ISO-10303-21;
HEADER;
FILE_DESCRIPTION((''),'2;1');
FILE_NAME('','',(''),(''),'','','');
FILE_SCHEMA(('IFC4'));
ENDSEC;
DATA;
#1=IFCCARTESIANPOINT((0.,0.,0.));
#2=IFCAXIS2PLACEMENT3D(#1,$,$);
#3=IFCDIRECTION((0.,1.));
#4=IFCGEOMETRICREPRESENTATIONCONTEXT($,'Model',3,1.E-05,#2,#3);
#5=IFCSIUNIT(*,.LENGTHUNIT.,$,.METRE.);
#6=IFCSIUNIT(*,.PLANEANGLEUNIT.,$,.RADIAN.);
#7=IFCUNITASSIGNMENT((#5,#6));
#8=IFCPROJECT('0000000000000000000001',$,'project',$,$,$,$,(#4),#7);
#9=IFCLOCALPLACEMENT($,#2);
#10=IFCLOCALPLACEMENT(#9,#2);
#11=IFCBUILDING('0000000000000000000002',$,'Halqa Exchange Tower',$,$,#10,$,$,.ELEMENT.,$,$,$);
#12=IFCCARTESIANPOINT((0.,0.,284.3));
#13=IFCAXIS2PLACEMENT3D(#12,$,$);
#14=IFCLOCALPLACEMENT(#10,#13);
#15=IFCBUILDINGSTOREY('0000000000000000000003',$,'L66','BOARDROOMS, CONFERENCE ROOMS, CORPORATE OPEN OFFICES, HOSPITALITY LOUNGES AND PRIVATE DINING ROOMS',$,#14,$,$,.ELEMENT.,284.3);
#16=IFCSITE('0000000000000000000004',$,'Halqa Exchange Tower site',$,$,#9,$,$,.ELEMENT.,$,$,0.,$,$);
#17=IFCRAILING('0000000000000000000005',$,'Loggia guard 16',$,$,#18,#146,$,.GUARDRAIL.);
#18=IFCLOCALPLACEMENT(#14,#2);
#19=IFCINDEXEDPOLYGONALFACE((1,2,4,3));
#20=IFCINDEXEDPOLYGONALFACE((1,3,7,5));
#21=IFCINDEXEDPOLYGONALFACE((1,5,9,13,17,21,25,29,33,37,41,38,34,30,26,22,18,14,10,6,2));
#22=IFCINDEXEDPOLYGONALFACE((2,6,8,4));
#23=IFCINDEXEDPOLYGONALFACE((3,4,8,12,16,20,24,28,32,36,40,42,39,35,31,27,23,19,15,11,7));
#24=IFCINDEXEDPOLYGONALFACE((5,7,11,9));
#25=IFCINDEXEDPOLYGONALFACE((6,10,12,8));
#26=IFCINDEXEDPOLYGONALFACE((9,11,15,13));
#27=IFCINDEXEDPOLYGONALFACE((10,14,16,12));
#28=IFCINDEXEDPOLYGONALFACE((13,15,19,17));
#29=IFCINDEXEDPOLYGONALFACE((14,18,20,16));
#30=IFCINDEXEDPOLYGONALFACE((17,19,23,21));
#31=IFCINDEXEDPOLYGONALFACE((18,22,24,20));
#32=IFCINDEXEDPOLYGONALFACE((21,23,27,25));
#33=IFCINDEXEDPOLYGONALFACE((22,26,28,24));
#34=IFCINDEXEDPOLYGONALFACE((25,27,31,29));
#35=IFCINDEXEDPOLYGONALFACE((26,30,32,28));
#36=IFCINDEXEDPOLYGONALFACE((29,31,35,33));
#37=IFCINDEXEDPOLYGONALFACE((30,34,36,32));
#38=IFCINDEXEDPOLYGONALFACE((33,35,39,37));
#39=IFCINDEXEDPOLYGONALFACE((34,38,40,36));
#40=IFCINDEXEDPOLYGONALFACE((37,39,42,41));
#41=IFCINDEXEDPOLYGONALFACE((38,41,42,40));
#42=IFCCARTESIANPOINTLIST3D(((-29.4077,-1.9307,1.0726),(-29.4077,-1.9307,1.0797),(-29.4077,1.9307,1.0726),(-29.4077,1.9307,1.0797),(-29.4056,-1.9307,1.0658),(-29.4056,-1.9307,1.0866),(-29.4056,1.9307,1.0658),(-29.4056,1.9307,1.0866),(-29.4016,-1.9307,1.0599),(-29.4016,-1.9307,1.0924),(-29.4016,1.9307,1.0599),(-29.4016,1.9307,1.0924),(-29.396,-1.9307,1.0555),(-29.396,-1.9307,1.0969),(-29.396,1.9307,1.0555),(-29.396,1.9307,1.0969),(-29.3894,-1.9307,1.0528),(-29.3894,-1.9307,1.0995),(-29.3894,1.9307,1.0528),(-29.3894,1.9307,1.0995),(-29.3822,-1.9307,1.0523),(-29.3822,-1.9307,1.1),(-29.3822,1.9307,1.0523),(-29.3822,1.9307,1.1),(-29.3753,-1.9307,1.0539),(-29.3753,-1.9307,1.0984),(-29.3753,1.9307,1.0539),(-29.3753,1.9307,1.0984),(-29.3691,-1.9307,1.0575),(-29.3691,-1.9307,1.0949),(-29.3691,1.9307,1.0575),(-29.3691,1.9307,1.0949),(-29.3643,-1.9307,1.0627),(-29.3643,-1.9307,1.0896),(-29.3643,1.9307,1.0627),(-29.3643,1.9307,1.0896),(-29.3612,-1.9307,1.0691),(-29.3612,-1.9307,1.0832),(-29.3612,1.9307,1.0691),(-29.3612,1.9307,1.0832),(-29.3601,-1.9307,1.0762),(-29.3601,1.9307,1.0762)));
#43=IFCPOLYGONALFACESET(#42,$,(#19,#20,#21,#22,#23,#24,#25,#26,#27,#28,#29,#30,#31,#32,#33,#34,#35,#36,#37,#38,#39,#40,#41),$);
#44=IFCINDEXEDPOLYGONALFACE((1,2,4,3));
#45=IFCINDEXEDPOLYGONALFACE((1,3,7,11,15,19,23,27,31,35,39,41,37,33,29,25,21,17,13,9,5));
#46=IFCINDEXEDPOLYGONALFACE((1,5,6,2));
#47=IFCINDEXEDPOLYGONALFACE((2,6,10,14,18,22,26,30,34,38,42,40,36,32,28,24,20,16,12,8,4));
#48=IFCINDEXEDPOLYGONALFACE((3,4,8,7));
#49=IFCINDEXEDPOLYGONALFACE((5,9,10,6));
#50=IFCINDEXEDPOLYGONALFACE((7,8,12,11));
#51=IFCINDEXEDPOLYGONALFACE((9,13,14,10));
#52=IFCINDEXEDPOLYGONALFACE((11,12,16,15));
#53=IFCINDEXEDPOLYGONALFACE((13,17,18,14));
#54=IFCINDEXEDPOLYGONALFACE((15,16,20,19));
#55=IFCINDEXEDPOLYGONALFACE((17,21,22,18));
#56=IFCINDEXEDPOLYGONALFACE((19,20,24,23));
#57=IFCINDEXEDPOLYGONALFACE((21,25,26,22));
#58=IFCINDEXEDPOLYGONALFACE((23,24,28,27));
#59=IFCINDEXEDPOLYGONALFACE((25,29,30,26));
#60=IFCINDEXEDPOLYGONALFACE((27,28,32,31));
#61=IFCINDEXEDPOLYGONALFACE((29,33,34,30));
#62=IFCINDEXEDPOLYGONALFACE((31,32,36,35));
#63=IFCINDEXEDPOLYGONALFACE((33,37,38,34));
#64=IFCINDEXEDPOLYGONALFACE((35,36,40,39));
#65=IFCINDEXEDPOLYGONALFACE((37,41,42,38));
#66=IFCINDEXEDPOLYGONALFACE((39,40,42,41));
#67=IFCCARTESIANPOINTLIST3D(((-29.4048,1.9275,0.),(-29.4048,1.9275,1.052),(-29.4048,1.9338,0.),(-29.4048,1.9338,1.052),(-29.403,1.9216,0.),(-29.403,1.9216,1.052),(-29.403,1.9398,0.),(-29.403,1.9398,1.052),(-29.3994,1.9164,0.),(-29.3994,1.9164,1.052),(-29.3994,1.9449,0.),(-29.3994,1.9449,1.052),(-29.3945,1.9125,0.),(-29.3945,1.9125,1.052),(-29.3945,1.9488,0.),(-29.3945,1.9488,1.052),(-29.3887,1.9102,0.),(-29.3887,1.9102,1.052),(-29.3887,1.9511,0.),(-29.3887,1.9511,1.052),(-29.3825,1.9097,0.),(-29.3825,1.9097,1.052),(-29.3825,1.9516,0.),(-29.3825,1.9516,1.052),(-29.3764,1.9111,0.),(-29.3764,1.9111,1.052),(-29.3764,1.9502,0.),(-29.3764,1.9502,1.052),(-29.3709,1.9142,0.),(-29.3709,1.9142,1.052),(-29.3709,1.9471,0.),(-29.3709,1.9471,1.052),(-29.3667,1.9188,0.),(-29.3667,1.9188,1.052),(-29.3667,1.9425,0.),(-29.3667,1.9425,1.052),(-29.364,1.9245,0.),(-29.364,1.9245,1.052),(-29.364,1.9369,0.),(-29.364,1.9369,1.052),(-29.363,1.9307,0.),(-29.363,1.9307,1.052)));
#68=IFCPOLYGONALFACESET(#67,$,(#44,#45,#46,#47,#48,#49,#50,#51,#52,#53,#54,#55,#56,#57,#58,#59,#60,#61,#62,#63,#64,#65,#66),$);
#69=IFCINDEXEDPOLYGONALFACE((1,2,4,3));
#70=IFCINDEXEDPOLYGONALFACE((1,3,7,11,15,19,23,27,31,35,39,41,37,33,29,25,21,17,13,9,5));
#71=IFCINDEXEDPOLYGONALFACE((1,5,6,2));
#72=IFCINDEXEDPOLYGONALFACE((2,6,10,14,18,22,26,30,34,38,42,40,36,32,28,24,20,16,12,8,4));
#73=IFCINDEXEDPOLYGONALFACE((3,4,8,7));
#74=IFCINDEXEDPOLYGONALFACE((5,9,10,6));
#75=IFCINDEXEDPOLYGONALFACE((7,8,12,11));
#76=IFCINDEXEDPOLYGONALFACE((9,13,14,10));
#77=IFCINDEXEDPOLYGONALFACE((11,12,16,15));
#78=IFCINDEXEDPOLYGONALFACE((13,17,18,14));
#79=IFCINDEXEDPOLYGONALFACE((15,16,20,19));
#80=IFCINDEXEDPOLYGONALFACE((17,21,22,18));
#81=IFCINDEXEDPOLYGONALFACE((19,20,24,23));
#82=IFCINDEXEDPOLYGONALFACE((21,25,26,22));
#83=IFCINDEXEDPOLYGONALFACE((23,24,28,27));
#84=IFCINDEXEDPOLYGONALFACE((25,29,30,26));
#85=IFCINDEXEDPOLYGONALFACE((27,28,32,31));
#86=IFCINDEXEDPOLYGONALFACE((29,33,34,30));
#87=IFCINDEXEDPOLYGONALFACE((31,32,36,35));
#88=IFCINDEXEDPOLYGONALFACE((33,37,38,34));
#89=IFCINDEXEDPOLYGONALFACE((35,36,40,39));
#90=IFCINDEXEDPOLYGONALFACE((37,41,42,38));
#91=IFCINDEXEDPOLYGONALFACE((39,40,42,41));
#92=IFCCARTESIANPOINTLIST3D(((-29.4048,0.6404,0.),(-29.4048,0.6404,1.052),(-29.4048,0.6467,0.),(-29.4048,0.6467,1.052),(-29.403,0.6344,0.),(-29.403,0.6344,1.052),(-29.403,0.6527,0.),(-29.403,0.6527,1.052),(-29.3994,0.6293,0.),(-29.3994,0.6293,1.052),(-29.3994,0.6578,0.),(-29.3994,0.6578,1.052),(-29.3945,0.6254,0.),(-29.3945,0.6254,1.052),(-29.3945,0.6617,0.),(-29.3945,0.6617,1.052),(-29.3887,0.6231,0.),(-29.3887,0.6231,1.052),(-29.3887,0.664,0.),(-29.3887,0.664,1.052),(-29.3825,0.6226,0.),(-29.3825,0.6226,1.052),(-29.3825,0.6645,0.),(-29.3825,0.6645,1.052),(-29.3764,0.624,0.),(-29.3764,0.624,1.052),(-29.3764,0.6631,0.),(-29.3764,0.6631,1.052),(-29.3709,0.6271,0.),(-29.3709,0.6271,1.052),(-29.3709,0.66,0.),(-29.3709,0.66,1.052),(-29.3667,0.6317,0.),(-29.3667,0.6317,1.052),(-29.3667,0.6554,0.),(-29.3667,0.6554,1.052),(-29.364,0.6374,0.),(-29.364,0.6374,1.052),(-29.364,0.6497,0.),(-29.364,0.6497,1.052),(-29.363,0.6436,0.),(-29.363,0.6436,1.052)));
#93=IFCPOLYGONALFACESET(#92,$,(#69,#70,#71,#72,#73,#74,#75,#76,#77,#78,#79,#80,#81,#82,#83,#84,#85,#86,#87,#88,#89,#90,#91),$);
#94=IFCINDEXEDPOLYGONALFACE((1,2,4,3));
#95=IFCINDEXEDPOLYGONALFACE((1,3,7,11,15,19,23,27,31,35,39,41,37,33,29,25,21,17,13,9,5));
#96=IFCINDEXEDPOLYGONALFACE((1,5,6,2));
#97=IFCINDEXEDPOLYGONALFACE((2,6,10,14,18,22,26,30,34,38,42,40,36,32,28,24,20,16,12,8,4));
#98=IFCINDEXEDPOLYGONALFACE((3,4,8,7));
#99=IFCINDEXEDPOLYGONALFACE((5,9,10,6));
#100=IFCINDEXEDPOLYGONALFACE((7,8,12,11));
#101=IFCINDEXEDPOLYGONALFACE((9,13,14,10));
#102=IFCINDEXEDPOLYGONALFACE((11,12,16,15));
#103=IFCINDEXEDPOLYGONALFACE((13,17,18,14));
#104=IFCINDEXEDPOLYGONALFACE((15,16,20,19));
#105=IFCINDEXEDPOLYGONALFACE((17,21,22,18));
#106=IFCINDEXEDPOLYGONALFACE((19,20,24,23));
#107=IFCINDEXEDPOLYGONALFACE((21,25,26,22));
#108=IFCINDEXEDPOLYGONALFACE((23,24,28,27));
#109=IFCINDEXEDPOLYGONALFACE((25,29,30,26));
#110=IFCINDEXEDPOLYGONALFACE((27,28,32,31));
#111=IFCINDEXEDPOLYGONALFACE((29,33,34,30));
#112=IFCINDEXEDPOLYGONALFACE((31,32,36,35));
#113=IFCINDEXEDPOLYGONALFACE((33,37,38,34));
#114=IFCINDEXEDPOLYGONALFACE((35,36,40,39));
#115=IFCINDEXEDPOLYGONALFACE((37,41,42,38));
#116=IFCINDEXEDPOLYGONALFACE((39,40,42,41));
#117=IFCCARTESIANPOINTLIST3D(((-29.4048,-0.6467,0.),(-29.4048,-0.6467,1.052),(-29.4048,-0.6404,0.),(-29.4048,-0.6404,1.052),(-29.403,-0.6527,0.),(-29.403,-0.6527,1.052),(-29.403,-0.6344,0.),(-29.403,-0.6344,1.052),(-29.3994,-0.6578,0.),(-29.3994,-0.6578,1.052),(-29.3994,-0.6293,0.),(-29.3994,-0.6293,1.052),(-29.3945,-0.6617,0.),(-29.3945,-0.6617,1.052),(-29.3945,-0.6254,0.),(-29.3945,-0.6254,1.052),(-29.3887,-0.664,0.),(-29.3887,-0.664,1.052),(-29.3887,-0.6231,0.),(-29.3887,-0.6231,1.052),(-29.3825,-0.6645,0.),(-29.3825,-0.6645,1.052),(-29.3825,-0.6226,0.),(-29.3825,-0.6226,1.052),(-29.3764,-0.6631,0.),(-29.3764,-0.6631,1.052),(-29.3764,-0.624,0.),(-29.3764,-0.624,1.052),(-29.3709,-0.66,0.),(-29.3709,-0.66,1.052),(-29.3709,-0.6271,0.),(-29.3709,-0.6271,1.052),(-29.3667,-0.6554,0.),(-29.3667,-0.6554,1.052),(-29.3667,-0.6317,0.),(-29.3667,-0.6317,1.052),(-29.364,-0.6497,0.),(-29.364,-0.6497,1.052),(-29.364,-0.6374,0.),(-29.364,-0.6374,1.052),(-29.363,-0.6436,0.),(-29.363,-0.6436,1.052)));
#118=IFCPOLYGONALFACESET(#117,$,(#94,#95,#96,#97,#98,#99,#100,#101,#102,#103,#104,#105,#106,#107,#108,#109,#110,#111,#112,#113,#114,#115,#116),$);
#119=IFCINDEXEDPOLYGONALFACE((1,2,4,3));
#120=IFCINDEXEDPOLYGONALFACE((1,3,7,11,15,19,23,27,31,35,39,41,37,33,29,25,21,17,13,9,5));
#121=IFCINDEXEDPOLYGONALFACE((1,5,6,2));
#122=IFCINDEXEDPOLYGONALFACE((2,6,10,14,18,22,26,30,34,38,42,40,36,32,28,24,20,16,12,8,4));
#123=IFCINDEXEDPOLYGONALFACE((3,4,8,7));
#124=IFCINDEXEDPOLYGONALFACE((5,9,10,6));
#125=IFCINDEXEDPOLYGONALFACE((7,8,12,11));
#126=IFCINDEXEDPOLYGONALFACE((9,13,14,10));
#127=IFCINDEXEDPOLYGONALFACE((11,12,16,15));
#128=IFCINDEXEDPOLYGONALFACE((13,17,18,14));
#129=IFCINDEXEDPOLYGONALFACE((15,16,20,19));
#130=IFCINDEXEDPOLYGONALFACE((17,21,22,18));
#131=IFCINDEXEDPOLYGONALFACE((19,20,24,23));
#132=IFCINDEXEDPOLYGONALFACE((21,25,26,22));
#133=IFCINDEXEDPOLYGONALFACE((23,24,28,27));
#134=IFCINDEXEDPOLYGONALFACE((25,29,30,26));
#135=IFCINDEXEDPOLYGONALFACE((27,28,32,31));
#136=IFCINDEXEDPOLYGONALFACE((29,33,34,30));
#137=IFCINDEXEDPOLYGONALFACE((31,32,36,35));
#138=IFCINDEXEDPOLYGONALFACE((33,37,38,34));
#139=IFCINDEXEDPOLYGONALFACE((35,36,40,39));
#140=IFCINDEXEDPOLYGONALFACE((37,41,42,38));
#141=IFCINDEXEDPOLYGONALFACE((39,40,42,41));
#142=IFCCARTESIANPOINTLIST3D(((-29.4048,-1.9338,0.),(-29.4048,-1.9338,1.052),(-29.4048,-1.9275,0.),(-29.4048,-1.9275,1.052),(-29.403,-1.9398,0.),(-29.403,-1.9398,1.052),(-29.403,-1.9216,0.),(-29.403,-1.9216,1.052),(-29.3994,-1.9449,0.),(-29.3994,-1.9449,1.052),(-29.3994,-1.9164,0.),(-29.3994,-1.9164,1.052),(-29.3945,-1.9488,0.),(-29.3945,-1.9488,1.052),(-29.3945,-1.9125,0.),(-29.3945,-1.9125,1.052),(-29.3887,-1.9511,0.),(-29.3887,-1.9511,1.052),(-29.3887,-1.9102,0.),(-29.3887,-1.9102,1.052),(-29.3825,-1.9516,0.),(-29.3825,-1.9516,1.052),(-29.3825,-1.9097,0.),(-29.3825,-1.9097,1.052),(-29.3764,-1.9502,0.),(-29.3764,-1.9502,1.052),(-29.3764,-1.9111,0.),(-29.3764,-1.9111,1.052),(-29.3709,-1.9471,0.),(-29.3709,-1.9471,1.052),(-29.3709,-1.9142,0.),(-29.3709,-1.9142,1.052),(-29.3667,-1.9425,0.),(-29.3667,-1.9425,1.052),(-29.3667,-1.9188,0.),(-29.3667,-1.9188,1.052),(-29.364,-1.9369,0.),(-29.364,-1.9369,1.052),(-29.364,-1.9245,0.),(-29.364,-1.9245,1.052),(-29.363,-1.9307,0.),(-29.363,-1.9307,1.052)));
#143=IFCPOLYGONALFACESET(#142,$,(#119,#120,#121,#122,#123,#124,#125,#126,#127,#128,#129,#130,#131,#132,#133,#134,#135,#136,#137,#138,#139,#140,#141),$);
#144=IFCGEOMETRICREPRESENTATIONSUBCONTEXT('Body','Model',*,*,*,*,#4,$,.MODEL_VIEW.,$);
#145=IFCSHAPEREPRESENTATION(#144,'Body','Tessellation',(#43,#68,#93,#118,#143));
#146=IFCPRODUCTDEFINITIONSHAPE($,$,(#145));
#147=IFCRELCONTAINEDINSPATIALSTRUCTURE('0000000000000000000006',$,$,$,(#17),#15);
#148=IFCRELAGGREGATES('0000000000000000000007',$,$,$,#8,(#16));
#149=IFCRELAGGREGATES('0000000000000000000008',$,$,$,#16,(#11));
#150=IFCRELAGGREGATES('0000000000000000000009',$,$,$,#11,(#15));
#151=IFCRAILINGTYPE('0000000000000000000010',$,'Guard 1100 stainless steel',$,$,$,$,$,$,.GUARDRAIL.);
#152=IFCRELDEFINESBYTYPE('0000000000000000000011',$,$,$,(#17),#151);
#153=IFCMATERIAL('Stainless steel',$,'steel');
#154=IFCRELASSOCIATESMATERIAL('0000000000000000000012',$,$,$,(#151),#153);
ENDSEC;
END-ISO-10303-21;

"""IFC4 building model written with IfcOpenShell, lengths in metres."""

from ifc_helpers import new_model, si_unit, direction, frame, origin, origin_2d, place, context, subcontext, project, spatial, circle, extrude, material, type_object, element, save


model = new_model("IFC4")

# Units and contexts
model_context = context("Model", 3, precision=1e-05, world=origin(), true_north=direction((0.0, 1.0)))
body_context = subcontext(model_context, "Body", "Model", "MODEL_VIEW")
ifc_project = project(units=[si_unit("LENGTHUNIT", "METRE"), si_unit("PLANEANGLEUNIT", "RADIAN")], contexts=[model_context])

# Site, building, storey
site_placement = place(None, origin())
site = spatial("IfcSite", under=ifc_project, at=site_placement, Name="Halqa Exchange Tower site", CompositionType="ELEMENT", RefElevation=0.0)
building_placement = place(site_placement, origin())
building = spatial("IfcBuilding", under=site, at=building_placement, Name="Halqa Exchange Tower", CompositionType="ELEMENT")
storey_placement = place(building_placement, frame((0.0, 0.0, 284.3)))
storey = spatial("IfcBuildingStorey", under=building, at=storey_placement, Name="L66", Description="BOARDROOMS, CONFERENCE ROOMS, CORPORATE OPEN OFFICES, HOSPITALITY LOUNGES AND PRIVATE DINING ROOMS", CompositionType="ELEMENT", Elevation=284.3)

# Railing
ifc_material_1 = material(Name="Stainless steel", Category="steel")
railing_type = type_object("IfcRailingType", Name="Guard 1100 stainless steel", PredefinedType="GUARDRAIL", material=ifc_material_1)
railing_1_placement = place(storey_placement, frame((-29.384, 1.9307, 0.0)))
element("IfcRailing", 1, at=railing_1_placement, inside=storey, type_object=railing_type, Name="Loggia guard 16", PredefinedType="GUARDRAIL", context=body_context, shape_type="SweptSolid", body=[
    extrude(circle(Radius=0.0239, at=origin_2d()), frame((0.0, 0.0, 1.0762), z_axis=(0.0, -1.0, 0.0), x_axis=(1.0, 0.0, 0.0)), (0.0, 0.0, 1.0), 3.8613),
    extrude(circle(Radius=0.021, at=origin_2d()), origin(), (0.0, 0.0, 1.0), 1.052),
    extrude(circle(Radius=0.021, at=origin_2d()), frame((0.0, -1.2871, 0.0)), (0.0, 0.0, 1.0), 1.052),
    extrude(circle(Radius=0.021, at=origin_2d()), frame((0.0, -2.5742, 0.0)), (0.0, 0.0, 1.0), 1.052),
    extrude(circle(Radius=0.021, at=origin_2d()), frame((0.0, -3.8613, 0.0)), (0.0, 0.0, 1.0), 1.052),
])

save(model, "model.ifc")
